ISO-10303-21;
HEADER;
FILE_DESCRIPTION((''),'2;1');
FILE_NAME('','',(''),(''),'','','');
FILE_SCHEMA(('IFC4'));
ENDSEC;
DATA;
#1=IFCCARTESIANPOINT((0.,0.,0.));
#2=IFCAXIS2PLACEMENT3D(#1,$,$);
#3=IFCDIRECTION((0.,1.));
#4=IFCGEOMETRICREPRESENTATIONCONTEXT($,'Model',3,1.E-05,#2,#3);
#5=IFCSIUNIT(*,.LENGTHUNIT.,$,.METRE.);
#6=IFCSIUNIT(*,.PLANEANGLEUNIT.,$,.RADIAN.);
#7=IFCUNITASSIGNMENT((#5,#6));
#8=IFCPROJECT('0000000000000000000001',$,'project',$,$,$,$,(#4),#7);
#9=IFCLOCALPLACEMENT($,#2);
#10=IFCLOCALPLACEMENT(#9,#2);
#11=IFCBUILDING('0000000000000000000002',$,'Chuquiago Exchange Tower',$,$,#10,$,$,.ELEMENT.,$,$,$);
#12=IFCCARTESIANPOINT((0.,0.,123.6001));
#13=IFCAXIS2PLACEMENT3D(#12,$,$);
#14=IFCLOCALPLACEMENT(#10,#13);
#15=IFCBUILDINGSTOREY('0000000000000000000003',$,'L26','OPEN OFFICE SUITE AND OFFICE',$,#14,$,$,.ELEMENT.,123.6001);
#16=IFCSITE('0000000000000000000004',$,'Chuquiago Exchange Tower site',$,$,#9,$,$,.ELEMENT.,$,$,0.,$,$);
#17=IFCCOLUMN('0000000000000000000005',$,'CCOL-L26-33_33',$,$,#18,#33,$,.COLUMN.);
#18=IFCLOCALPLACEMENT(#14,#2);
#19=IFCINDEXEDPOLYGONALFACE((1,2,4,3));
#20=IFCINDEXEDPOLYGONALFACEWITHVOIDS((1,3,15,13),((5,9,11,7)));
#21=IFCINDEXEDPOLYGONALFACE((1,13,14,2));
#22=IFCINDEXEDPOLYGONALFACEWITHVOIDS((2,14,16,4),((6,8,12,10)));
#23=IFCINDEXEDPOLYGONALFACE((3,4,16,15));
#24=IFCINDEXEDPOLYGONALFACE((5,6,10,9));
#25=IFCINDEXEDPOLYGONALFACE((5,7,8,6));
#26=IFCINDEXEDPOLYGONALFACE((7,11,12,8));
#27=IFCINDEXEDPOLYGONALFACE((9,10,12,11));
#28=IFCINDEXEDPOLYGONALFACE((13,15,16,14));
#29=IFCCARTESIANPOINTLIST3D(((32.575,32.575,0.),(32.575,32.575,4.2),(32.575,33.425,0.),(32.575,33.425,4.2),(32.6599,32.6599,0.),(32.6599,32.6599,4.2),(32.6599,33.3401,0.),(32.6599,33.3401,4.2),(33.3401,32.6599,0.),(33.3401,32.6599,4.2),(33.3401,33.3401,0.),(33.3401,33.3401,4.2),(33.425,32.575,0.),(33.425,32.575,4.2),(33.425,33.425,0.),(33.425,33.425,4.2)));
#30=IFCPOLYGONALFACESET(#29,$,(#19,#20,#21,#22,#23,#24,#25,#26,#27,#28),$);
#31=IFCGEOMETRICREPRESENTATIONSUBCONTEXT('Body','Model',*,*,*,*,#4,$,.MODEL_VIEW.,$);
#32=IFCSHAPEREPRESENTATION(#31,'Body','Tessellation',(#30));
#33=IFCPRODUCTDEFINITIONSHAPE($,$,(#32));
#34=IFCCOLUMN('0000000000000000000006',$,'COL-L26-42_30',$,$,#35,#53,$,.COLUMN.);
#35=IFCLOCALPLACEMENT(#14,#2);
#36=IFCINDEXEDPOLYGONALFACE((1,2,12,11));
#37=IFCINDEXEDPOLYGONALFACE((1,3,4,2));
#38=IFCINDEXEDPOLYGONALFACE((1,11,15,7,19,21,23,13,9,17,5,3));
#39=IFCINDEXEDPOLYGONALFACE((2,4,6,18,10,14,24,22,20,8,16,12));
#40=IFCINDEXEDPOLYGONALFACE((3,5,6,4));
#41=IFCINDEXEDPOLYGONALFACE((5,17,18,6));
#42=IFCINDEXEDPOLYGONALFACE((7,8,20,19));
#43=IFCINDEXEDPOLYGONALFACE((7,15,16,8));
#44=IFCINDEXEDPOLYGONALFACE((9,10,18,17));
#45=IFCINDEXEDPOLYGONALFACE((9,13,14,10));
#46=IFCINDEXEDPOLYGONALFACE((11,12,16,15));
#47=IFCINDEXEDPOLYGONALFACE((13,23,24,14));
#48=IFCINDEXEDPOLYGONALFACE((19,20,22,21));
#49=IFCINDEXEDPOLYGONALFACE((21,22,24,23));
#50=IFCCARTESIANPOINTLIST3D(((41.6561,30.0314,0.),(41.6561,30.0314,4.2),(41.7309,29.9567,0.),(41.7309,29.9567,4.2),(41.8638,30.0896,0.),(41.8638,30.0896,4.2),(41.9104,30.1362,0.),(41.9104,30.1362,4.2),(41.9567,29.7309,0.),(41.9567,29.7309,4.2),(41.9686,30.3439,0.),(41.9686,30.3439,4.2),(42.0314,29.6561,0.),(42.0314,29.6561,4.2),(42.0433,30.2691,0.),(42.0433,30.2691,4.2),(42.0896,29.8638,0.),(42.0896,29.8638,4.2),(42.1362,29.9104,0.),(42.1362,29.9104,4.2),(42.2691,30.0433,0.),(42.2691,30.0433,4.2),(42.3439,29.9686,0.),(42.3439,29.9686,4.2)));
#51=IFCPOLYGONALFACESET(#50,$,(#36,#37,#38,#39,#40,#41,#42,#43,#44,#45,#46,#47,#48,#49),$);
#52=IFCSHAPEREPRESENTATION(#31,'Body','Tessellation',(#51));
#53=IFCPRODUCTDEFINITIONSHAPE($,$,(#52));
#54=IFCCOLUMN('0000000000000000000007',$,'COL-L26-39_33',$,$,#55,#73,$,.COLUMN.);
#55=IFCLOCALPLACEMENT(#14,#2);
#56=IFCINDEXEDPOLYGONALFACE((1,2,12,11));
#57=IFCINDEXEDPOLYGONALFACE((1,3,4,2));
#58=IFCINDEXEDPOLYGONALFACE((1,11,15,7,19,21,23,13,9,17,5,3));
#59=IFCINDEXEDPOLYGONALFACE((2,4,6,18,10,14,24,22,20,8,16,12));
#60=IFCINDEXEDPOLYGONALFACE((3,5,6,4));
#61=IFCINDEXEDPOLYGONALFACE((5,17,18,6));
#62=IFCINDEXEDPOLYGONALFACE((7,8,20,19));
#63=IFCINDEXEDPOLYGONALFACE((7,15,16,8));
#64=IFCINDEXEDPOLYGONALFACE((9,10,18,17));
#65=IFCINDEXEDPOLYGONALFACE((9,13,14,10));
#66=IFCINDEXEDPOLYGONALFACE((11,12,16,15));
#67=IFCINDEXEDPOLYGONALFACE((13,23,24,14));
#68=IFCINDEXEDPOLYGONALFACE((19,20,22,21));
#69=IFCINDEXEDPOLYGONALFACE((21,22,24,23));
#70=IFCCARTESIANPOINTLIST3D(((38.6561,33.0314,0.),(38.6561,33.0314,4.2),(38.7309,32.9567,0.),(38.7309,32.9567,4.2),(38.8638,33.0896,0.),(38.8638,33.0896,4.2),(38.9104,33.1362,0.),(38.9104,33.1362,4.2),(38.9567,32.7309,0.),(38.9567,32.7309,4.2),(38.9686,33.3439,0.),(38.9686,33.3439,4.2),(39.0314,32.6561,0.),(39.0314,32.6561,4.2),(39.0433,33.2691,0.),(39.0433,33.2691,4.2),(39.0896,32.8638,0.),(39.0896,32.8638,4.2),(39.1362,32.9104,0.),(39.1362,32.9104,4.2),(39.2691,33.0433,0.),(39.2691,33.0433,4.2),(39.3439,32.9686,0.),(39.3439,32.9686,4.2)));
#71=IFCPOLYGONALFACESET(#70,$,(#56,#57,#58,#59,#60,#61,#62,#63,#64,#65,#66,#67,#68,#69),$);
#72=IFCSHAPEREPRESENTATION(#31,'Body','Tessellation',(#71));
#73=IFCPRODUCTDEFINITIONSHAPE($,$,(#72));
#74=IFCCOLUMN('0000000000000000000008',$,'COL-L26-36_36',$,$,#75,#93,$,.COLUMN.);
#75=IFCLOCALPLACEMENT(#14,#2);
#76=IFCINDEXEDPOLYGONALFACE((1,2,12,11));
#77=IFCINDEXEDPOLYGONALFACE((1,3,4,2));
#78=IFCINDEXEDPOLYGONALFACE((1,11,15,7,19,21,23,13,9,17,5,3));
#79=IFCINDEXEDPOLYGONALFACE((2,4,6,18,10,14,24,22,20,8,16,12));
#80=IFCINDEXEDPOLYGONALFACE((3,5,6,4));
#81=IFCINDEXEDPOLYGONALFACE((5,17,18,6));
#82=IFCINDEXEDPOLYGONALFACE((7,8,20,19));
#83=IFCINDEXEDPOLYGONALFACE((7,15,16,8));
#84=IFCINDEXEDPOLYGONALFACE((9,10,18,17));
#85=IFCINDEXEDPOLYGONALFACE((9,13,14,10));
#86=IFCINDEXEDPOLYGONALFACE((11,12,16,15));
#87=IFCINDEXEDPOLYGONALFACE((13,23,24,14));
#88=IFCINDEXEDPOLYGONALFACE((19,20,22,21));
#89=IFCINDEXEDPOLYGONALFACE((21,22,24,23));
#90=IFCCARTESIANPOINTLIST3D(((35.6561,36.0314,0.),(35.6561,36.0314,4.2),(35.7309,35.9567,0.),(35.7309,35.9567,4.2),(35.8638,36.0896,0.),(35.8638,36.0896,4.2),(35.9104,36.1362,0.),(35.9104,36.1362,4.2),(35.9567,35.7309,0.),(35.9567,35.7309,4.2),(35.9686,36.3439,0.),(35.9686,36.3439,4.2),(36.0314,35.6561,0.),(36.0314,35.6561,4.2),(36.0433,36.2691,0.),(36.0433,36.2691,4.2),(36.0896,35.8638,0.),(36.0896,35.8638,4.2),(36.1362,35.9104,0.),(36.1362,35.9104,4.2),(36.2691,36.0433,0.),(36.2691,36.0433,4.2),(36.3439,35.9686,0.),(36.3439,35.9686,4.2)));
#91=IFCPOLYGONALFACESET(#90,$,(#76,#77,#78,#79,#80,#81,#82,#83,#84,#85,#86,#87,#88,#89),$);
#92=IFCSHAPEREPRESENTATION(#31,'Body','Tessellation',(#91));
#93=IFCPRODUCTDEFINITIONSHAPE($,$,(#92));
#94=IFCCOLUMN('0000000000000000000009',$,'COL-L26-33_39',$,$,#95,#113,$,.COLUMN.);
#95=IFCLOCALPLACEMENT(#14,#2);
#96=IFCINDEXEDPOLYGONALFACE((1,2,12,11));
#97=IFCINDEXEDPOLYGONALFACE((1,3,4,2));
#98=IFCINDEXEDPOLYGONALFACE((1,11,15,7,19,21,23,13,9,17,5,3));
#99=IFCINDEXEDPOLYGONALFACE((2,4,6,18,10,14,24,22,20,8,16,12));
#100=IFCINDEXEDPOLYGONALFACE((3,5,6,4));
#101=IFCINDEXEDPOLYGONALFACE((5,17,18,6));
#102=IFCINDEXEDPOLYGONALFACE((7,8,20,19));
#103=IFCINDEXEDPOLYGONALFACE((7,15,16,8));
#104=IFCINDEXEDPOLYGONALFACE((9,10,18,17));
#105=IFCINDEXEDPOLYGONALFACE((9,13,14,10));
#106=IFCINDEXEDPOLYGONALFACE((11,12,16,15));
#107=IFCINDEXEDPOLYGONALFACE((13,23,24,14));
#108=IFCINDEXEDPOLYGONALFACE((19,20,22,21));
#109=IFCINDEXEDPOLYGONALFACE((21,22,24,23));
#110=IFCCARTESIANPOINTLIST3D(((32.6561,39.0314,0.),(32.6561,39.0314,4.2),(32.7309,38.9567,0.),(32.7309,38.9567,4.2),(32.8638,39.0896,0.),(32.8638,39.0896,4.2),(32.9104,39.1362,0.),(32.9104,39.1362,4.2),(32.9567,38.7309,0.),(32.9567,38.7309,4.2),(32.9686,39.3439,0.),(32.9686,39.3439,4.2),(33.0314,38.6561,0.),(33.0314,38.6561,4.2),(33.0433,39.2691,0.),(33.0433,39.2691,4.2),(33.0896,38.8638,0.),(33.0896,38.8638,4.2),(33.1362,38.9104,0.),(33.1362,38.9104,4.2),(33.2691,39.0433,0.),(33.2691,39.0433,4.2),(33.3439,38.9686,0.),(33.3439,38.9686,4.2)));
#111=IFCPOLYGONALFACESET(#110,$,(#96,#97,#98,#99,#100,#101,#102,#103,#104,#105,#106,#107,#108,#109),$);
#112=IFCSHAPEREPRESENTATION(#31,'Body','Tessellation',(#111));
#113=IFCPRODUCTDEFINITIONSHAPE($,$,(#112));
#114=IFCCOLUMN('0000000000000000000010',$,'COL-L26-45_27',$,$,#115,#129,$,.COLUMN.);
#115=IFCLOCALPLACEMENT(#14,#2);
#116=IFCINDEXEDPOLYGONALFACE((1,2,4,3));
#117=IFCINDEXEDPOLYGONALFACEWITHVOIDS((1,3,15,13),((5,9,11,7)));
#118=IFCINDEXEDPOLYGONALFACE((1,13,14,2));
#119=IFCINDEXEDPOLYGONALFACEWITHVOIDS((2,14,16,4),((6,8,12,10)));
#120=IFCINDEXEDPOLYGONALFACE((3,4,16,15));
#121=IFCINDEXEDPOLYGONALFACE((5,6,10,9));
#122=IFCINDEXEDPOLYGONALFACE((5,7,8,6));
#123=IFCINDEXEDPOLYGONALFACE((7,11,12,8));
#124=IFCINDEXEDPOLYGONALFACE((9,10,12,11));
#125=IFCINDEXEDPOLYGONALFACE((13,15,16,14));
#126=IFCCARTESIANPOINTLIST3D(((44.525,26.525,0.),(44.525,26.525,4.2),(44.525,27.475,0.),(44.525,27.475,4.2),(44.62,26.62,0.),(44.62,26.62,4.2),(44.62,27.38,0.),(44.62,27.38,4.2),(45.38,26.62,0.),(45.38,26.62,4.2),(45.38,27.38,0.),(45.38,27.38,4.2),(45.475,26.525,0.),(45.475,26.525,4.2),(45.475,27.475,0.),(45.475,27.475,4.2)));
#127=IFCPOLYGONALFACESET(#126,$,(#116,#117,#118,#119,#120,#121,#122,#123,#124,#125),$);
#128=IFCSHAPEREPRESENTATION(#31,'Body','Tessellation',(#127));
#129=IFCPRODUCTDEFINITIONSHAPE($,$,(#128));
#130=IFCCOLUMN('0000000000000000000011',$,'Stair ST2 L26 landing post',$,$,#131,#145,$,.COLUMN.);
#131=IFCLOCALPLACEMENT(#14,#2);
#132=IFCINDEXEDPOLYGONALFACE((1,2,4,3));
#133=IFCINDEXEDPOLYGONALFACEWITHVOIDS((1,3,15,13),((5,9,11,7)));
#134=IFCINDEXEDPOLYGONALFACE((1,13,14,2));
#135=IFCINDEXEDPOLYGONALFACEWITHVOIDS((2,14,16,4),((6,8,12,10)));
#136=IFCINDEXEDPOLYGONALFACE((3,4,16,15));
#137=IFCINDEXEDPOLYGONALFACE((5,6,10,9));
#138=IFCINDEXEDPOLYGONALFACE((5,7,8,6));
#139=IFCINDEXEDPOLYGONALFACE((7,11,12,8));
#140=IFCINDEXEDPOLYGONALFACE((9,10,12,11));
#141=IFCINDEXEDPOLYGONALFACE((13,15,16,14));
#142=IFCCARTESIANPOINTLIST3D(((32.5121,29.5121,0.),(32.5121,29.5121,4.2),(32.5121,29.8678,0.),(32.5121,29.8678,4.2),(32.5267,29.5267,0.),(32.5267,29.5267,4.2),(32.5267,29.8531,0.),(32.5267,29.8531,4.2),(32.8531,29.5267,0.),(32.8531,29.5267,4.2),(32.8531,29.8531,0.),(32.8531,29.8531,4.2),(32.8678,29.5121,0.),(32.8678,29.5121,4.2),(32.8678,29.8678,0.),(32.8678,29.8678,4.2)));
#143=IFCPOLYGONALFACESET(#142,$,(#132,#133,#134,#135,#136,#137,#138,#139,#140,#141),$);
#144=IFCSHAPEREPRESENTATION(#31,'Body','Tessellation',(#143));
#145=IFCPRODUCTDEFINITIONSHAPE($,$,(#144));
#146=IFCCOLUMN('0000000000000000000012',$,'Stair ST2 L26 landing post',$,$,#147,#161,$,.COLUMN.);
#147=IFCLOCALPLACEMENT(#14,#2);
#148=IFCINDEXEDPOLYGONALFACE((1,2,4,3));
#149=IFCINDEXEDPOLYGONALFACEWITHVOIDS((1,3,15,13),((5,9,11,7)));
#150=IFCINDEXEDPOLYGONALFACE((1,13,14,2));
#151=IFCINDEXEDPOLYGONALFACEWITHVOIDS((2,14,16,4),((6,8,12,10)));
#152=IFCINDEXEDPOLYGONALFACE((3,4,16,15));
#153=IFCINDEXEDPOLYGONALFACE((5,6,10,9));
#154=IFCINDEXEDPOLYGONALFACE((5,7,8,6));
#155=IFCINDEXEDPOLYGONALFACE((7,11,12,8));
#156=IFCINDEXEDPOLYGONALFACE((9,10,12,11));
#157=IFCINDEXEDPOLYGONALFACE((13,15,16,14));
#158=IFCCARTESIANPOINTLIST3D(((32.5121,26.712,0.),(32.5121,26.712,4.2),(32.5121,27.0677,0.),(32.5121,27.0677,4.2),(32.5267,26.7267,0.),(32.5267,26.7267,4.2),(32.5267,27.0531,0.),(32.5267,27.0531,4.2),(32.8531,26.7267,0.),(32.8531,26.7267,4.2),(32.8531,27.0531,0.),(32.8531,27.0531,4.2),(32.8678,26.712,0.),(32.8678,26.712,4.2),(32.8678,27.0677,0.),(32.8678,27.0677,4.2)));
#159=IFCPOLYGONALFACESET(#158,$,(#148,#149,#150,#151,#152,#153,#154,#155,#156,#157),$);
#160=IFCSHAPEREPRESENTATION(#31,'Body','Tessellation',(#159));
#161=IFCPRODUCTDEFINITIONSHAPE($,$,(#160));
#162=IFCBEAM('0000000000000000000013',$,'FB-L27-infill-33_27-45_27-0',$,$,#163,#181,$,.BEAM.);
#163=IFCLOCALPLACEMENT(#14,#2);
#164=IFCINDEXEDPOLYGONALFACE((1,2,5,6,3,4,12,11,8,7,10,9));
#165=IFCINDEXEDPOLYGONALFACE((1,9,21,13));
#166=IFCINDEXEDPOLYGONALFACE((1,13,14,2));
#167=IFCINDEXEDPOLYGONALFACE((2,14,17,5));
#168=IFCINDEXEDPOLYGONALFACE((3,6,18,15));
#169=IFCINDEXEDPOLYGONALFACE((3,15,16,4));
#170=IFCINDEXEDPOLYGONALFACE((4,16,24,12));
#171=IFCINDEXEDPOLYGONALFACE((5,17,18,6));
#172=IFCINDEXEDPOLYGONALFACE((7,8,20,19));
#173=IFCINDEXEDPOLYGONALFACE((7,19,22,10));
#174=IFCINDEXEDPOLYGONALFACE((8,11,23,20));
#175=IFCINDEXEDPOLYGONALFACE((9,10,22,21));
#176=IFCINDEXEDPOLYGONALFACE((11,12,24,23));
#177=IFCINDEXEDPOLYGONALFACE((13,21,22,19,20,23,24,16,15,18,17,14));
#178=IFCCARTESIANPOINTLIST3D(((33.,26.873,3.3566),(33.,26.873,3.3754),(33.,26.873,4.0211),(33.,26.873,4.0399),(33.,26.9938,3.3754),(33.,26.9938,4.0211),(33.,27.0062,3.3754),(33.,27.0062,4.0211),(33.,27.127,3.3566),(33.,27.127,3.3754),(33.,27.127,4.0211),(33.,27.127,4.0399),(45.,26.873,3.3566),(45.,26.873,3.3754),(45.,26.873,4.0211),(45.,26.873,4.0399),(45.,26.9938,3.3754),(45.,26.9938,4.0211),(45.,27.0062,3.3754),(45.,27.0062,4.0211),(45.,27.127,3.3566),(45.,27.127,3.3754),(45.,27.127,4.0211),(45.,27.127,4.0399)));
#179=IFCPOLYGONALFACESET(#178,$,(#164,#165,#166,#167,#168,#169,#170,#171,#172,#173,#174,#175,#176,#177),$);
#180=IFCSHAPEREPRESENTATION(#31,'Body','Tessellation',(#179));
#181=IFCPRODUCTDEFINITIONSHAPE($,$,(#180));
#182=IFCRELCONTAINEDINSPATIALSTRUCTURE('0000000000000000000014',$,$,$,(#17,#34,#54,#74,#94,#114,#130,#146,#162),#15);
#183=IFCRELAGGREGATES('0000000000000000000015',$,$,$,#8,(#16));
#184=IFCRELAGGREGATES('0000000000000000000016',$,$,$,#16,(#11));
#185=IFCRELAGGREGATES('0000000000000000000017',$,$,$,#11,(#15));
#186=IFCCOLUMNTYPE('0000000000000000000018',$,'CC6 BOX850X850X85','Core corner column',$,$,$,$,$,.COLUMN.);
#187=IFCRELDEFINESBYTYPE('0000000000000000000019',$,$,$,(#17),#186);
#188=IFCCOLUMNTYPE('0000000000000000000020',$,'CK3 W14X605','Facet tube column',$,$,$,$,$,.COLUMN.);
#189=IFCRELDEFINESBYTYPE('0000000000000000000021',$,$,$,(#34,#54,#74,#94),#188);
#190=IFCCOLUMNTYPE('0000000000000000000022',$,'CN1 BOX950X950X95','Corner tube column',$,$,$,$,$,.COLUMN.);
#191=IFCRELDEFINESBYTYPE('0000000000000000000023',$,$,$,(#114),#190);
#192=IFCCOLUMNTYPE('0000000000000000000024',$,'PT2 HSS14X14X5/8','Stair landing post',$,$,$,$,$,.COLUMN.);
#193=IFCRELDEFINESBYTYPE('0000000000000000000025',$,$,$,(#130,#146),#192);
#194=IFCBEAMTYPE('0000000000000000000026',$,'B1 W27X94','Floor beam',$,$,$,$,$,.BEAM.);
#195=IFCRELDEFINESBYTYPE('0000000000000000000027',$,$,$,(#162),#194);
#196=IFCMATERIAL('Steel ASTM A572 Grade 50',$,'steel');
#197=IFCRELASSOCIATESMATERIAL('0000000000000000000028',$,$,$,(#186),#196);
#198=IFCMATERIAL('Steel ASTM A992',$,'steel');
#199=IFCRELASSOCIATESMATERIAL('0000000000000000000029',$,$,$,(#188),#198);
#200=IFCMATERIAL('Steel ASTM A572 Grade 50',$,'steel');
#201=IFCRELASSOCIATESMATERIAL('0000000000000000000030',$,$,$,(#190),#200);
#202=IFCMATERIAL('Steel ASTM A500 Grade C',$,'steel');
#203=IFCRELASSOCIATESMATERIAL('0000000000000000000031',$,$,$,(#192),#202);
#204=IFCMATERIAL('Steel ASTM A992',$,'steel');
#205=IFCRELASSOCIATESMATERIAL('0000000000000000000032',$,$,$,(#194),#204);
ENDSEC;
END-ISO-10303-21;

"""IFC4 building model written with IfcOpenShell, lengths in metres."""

from ifc_helpers import new_model, si_unit, direction, frame, origin, origin_2d, place, context, subcontext, project, spatial, hollow_rectangle, i_section, extrude, material, material_profile, profile_set, type_object, element, save


model = new_model("IFC4")

# Units and contexts
model_context = context("Model", 3, precision=1e-05, world=origin(), true_north=direction((0.0, 1.0)))
body_context = subcontext(model_context, "Body", "Model", "MODEL_VIEW")
ifc_project = project(units=[si_unit("LENGTHUNIT", "METRE"), si_unit("PLANEANGLEUNIT", "RADIAN")], contexts=[model_context])

# Site, building, storey
site_placement = place(None, origin())
site = spatial("IfcSite", under=ifc_project, at=site_placement, Name="Chuquiago Exchange Tower site", CompositionType="ELEMENT", RefElevation=0.0)
building_placement = place(site_placement, origin())
building = spatial("IfcBuilding", under=site, at=building_placement, Name="Chuquiago Exchange Tower", CompositionType="ELEMENT")
storey_placement = place(building_placement, frame((0.0, 0.0, 123.6001)))
storey = spatial("IfcBuildingStorey", under=building, at=storey_placement, Name="L26", Description="OPEN OFFICE SUITE AND OFFICE", CompositionType="ELEMENT", Elevation=123.6001)

# Columns
ifc_material_1 = material(Name="Steel ASTM A572 Grade 50", Category="steel")
ifc_material_profile_1 = material_profile(ifc_material_1, hollow_rectangle(XDim=0.8501, YDim=0.8501, WallThickness=0.085, at=origin_2d()), Name="BOX850X850X85")
ifc_profile_set_1 = profile_set([ifc_material_profile_1], Name="Steel ASTM A572 Grade 50")
column_type_1 = type_object("IfcColumnType", Name="CC6 BOX850X850X85", Description="Core corner column", PredefinedType="COLUMN", material=ifc_profile_set_1)
column_1_placement = place(storey_placement, frame((33.0, 33.0, 0.0), z_axis=(0.0, 0.0, 1.0), x_axis=(1.0, 0.0, 0.0)))
element("IfcColumn", 1, at=column_1_placement, inside=storey, type_object=column_type_1, Name="CCOL-L26-33_33", PredefinedType="COLUMN", context=body_context, shape_type="SweptSolid", body=[
    extrude(hollow_rectangle(XDim=0.8501, YDim=0.8501, WallThickness=0.085, at=origin_2d()), origin(), (0.0, 0.0, 1.0), 4.2),
])
ifc_material_2 = material(Name="Steel ASTM A992", Category="steel")
ifc_material_profile_2 = material_profile(ifc_material_2, i_section(OverallWidth=0.4419, OverallDepth=0.5308, WebThickness=0.0659, FlangeThickness=0.1057, at=origin_2d()), Name="W14X605")
ifc_profile_set_2 = profile_set([ifc_material_profile_2], Name="Steel ASTM A992")
column_type_2 = type_object("IfcColumnType", Name="CK3 W14X605", Description="Facet tube column", PredefinedType="COLUMN", material=ifc_profile_set_2)
for number, where, z_axis, x_axis, name in (
    (2, (42.0, 30.0, 0.0), (0.0, 0.0, 1.0), (0.707107, 0.707107, 0.0), "COL-L26-42_30"),
    (3, (39.0, 33.0, 0.0), (0.0, 0.0, 1.0), (0.707107, 0.707107, 0.0), "COL-L26-39_33"),
    (4, (36.0, 36.0, 0.0), (0.0, 0.0, 1.0), (0.707107, 0.707107, 0.0), "COL-L26-36_36"),
    (5, (33.0, 39.0, 0.0), (0.0, 0.0, 1.0), (0.707107, 0.707107, 0.0), "COL-L26-33_39"),
):
    element("IfcColumn", number, at=place(storey_placement, frame(where, z_axis=z_axis, x_axis=x_axis)), inside=storey, type_object=column_type_2, Name=name, PredefinedType="COLUMN", context=body_context, shape_type="SweptSolid", body=[
        extrude(i_section(OverallWidth=0.4419, OverallDepth=0.5308, WebThickness=0.0659, FlangeThickness=0.1057, at=origin_2d()), origin(), (0.0, 0.0, 1.0), 4.2),
    ])
ifc_material_3 = material(Name="Steel ASTM A572 Grade 50", Category="steel")
ifc_material_profile_3 = material_profile(ifc_material_3, hollow_rectangle(XDim=0.95, YDim=0.95, WallThickness=0.095, at=origin_2d()), Name="BOX950X950X95")
ifc_profile_set_3 = profile_set([ifc_material_profile_3], Name="Steel ASTM A572 Grade 50")
column_type_3 = type_object("IfcColumnType", Name="CN1 BOX950X950X95", Description="Corner tube column", PredefinedType="COLUMN", material=ifc_profile_set_3)
column_2_placement = place(storey_placement, frame((45.0, 27.0, 0.0), z_axis=(0.0, 0.0, 1.0), x_axis=(1.0, 0.0, 0.0)))
element("IfcColumn", 6, at=column_2_placement, inside=storey, type_object=column_type_3, Name="COL-L26-45_27", PredefinedType="COLUMN", context=body_context, shape_type="SweptSolid", body=[
    extrude(hollow_rectangle(XDim=0.95, YDim=0.95, WallThickness=0.095, at=origin_2d()), origin(), (0.0, 0.0, 1.0), 4.2),
])
ifc_material_4 = material(Name="Steel ASTM A500 Grade C", Category="steel")
ifc_material_profile_4 = material_profile(ifc_material_4, hollow_rectangle(XDim=0.3557, YDim=0.3557, WallThickness=0.0146, at=origin_2d()), Name="HSS14X14X5/8")
ifc_profile_set_4 = profile_set([ifc_material_profile_4], Name="Steel ASTM A500 Grade C")
column_type_4 = type_object("IfcColumnType", Name="PT2 HSS14X14X5/8", Description="Stair landing post", PredefinedType="COLUMN", material=ifc_profile_set_4)
for number, where, z_axis, x_axis, name in (
    (7, (32.6899, 29.6899, 0.0), (0.0, 0.0, 1.0), (1.0, 0.0, 0.0), "Stair ST2 L26 landing post"),
    (8, (32.6899, 26.8899, 0.0), (0.0, 0.0, 1.0), (1.0, 0.0, 0.0), "Stair ST2 L26 landing post"),
):
    element("IfcColumn", number, at=place(storey_placement, frame(where, z_axis=z_axis, x_axis=x_axis)), inside=storey, type_object=column_type_4, Name=name, PredefinedType="COLUMN", context=body_context, shape_type="SweptSolid", body=[
        extrude(hollow_rectangle(XDim=0.3557, YDim=0.3557, WallThickness=0.0146, at=origin_2d()), origin(), (0.0, 0.0, 1.0), 4.2),
    ])

# Beam
ifc_material_5 = material(Name="Steel ASTM A992", Category="steel")
ifc_material_profile_5 = material_profile(ifc_material_5, i_section(OverallWidth=0.2539, OverallDepth=0.6833, WebThickness=0.0125, FlangeThickness=0.0188, at=origin_2d()), Name="W27X94")
ifc_profile_set_5 = profile_set([ifc_material_profile_5], Name="Steel ASTM A992")
beam_type_1 = type_object("IfcBeamType", Name="B1 W27X94", Description="Floor beam", PredefinedType="BEAM", material=ifc_profile_set_5)
beam_1_placement = place(storey_placement, frame((33.0, 27.0, 3.6982), z_axis=(1.0, 0.0, 0.0), x_axis=(0.0, 1.0, 0.0)))
element("IfcBeam", 9, at=beam_1_placement, inside=storey, type_object=beam_type_1, Name="FB-L27-infill-33_27-45_27-0", PredefinedType="BEAM", context=body_context, shape_type="SweptSolid", body=[
    extrude(i_section(OverallWidth=0.2539, OverallDepth=0.6833, WebThickness=0.0125, FlangeThickness=0.0188, at=origin_2d()), origin(), (0.0, 0.0, 1.0), 12.0),
])

save(model, "model.ifc")
